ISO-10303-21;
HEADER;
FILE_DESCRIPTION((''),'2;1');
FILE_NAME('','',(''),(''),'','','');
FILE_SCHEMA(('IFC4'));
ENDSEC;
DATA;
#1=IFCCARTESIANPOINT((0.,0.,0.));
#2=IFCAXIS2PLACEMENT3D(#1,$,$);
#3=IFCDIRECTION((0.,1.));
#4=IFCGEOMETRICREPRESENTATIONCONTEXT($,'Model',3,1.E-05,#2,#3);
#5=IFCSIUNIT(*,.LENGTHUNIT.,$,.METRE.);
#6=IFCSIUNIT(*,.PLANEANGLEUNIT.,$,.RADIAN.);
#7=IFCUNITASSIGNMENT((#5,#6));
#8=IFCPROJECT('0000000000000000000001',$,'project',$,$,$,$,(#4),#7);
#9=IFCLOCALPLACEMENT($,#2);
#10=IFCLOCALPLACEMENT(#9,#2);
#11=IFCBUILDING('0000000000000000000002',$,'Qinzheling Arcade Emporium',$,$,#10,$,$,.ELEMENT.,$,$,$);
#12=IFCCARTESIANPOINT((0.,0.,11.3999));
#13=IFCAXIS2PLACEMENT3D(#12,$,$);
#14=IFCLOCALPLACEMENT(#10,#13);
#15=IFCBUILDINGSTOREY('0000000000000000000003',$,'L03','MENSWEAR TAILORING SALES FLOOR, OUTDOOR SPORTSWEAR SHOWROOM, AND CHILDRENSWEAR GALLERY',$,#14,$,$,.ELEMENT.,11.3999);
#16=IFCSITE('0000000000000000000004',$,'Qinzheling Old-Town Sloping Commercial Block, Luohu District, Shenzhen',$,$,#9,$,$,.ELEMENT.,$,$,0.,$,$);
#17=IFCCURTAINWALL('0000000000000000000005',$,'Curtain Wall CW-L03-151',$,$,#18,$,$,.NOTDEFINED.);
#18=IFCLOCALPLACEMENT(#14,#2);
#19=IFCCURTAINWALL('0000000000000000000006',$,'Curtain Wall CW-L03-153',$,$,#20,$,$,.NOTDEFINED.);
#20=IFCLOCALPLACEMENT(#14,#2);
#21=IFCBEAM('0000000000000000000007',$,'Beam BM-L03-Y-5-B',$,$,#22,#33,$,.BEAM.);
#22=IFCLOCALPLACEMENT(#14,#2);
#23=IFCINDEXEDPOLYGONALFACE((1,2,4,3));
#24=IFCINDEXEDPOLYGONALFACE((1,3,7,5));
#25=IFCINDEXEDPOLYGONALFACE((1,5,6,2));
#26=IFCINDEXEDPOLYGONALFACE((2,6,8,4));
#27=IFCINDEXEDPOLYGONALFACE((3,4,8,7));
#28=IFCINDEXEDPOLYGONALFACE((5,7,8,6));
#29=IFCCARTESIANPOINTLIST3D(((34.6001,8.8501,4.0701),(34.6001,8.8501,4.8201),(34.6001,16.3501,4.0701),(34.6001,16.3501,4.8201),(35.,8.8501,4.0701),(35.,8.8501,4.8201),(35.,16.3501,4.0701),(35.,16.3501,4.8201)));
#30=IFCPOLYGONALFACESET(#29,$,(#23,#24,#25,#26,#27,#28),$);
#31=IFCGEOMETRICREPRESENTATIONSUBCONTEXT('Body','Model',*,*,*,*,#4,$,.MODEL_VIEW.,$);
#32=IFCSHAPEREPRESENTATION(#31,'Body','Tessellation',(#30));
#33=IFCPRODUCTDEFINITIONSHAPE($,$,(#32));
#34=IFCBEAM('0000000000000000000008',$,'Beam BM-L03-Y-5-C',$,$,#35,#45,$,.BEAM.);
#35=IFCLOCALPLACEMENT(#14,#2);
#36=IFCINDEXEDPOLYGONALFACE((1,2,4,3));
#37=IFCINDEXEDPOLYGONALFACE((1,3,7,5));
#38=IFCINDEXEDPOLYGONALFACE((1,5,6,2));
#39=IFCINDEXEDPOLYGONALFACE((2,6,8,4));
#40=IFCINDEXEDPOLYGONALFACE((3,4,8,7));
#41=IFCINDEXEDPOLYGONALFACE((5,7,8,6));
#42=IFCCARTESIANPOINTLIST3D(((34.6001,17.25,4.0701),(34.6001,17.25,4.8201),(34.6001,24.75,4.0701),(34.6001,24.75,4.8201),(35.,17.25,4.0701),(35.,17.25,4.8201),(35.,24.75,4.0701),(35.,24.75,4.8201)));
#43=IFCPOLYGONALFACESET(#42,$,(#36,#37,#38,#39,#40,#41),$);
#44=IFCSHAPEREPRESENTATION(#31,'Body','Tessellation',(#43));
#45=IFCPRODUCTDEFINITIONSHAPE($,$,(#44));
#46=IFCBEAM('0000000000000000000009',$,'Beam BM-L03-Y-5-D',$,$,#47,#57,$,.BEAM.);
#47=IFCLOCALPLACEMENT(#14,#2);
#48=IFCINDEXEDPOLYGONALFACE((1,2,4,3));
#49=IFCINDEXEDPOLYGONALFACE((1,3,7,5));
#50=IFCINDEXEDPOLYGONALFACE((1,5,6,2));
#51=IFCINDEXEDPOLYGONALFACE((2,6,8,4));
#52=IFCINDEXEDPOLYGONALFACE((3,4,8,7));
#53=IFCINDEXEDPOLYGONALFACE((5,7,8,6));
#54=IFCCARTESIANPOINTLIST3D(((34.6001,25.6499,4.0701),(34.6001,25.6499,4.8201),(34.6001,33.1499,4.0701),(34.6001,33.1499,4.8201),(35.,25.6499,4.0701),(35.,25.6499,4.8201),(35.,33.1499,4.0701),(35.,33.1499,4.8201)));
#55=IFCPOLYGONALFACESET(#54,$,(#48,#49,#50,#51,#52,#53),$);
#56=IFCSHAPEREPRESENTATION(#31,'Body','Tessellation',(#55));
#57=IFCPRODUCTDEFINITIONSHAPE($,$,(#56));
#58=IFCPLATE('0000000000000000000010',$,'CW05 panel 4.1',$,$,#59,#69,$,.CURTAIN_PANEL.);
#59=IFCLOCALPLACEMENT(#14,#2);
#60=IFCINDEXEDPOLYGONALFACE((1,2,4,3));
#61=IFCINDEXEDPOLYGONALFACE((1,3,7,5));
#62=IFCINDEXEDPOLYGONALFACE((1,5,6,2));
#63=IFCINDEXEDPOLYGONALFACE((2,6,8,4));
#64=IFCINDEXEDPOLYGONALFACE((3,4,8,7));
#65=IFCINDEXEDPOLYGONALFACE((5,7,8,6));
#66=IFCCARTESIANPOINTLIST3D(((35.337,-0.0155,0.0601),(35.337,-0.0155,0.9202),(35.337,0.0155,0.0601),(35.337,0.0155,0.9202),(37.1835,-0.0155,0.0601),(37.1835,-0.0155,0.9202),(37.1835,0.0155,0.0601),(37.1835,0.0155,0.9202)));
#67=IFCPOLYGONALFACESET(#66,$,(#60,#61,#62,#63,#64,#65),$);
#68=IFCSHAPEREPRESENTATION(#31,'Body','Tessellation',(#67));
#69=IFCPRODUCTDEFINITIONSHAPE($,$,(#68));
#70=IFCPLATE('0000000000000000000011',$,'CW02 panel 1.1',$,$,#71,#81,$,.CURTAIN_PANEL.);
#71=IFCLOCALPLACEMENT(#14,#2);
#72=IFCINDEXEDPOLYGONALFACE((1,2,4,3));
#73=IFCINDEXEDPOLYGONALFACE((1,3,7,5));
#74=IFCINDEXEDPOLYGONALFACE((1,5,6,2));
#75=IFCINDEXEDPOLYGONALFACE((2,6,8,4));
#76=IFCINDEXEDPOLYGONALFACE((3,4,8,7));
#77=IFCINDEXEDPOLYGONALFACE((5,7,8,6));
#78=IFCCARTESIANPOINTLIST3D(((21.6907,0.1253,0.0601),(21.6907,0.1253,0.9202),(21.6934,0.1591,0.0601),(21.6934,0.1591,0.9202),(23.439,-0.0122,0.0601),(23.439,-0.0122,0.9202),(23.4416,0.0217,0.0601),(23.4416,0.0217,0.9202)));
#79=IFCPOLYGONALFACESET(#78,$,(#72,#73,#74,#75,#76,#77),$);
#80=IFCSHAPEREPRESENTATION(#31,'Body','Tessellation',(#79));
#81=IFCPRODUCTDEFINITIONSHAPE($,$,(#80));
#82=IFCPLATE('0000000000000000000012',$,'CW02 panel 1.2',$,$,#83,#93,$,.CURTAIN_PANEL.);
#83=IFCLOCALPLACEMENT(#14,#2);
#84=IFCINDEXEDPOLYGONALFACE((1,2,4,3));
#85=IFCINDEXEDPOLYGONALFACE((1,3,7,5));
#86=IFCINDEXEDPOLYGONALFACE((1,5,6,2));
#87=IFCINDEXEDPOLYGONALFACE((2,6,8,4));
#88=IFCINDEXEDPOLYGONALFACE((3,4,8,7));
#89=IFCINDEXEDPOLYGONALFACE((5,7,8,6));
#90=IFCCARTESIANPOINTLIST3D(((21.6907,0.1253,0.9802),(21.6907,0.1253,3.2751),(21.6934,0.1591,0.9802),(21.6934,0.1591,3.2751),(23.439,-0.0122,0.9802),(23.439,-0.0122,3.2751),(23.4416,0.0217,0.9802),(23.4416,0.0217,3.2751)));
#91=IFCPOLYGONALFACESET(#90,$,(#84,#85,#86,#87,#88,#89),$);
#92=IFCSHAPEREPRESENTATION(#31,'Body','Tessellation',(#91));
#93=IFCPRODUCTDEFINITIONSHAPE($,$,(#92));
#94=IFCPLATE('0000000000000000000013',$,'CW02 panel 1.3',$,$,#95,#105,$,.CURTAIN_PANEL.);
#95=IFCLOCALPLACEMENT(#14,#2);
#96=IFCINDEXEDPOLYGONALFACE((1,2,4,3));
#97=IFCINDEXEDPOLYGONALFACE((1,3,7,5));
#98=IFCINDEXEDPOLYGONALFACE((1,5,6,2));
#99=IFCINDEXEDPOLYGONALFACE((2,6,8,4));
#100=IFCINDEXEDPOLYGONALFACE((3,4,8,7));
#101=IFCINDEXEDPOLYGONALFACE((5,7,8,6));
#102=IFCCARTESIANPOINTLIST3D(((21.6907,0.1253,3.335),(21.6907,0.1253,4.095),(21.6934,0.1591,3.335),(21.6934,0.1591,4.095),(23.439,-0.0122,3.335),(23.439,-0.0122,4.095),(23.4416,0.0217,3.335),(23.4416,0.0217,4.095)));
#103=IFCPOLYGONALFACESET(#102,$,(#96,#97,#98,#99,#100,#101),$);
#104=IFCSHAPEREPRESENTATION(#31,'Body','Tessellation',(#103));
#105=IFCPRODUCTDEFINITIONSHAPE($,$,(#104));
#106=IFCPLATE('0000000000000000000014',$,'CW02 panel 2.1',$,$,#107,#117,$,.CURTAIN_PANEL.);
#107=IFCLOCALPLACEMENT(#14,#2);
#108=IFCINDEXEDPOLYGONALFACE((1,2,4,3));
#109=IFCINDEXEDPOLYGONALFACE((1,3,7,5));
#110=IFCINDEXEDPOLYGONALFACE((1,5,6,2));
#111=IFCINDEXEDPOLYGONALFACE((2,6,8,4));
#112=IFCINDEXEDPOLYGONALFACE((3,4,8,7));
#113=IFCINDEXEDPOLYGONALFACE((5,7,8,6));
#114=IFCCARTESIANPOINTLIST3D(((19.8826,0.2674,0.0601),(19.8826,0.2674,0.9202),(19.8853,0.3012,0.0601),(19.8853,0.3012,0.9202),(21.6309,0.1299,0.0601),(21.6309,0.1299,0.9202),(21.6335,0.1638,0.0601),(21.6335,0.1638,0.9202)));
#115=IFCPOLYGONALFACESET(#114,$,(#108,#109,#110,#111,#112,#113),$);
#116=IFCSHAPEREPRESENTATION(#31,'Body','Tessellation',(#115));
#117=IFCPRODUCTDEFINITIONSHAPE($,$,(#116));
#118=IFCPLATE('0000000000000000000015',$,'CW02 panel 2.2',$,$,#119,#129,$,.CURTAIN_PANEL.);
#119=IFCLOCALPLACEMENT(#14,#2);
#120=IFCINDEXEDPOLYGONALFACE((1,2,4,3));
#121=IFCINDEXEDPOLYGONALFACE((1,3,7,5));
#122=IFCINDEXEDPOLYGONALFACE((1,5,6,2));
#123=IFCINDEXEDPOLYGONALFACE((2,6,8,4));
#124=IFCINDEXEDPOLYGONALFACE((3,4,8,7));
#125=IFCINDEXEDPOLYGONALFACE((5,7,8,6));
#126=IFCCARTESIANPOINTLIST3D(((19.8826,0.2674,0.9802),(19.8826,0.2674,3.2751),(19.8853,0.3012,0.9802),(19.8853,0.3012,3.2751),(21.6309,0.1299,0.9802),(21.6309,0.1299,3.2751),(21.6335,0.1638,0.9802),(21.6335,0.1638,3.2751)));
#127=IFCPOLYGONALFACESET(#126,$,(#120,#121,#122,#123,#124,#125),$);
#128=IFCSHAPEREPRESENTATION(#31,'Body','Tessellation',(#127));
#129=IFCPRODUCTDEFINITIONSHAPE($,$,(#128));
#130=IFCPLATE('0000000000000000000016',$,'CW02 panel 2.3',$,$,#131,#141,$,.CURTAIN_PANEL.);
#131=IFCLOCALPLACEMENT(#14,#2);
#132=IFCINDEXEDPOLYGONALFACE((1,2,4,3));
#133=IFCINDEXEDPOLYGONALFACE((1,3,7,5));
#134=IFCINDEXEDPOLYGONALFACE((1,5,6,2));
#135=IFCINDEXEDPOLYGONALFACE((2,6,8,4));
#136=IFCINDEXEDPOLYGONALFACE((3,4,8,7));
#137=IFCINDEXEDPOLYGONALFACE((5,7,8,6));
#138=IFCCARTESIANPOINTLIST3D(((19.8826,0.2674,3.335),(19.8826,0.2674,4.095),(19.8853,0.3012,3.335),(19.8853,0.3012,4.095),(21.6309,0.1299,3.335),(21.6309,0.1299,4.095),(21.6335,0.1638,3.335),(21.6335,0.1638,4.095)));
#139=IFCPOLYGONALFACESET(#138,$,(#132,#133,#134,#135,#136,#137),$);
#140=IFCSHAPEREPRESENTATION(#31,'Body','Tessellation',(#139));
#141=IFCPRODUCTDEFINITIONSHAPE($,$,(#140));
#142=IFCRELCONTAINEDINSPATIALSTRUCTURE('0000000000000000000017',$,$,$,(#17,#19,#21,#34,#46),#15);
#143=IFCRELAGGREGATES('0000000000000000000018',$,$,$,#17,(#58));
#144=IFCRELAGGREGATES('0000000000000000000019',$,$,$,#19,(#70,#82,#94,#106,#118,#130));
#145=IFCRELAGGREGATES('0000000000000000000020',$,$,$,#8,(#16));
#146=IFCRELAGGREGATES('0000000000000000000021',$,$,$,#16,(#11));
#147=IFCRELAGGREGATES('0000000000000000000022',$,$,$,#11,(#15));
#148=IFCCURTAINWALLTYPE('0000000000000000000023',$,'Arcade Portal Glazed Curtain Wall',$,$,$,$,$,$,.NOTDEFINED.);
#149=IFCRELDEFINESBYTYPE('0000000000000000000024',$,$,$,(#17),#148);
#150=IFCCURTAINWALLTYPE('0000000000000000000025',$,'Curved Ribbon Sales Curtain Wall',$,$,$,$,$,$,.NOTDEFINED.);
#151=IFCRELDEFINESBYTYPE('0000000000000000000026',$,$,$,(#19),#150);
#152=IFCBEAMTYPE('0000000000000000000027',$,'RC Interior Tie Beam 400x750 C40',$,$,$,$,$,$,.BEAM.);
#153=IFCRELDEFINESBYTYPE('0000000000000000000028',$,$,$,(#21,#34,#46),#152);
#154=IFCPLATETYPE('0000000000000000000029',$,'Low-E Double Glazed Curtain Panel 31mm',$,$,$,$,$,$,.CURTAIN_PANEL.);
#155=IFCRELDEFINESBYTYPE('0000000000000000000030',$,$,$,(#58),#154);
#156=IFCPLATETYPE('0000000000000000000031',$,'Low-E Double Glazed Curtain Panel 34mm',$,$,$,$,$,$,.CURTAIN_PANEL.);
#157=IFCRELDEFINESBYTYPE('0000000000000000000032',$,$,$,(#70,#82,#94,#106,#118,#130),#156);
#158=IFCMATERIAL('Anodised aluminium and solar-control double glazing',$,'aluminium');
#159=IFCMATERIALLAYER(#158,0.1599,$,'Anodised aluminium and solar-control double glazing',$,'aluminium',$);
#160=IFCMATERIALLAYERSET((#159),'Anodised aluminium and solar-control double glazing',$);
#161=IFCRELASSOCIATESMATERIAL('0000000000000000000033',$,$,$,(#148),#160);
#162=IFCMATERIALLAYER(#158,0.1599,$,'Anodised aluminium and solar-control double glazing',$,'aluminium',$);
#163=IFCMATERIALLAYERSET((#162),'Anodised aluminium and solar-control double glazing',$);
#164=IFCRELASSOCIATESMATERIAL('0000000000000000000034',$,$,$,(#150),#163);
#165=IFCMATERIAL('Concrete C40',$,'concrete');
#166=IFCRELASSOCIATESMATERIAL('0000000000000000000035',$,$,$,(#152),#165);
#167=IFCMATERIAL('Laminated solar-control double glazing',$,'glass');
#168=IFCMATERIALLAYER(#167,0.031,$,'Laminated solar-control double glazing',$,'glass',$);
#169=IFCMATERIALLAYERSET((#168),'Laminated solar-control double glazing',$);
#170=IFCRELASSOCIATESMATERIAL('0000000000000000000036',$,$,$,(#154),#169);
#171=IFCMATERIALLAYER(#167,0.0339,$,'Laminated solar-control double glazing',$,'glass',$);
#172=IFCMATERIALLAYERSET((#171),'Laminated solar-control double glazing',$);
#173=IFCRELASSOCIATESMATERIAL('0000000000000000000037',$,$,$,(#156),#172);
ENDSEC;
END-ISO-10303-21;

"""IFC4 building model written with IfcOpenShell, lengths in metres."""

from ifc_helpers import new_model, si_unit, direction, frame, origin, origin_2d, place, context, subcontext, project, spatial, rectangle, extrude, material, layer, layer_set, material_profile, profile_set, type_object, element, aggregate, save


model = new_model("IFC4")

# Units and contexts
model_context = context("Model", 3, precision=1e-05, world=origin(), true_north=direction((0.0, 1.0)))
body_context = subcontext(model_context, "Body", "Model", "MODEL_VIEW")
ifc_project = project(units=[si_unit("LENGTHUNIT", "METRE"), si_unit("PLANEANGLEUNIT", "RADIAN")], contexts=[model_context])

# Site, building, storey
site_placement = place(None, origin())
site = spatial("IfcSite", under=ifc_project, at=site_placement, Name="Qinzheling Old-Town Sloping Commercial Block, Luohu District, Shenzhen", CompositionType="ELEMENT", RefElevation=0.0)
building_placement = place(site_placement, origin())
building = spatial("IfcBuilding", under=site, at=building_placement, Name="Qinzheling Arcade Emporium", CompositionType="ELEMENT")
storey_placement = place(building_placement, frame((0.0, 0.0, 11.3999)))
storey = spatial("IfcBuildingStorey", under=building, at=storey_placement, Name="L03", Description="MENSWEAR TAILORING SALES FLOOR, OUTDOOR SPORTSWEAR SHOWROOM, AND CHILDRENSWEAR GALLERY", CompositionType="ELEMENT", Elevation=11.3999)

# Curtain wall
ifc_material_1 = material(Name="Anodised aluminium and solar-control double glazing", Category="aluminium")
ifc_layer_1 = layer(ifc_material_1, 0.1599, Name="Anodised aluminium and solar-control double glazing", Category="aluminium")
ifc_layer_set_1 = layer_set([ifc_layer_1], Name="Anodised aluminium and solar-control double glazing")
curtain_wall_type_1 = type_object("IfcCurtainWallType", Name="Arcade Portal Glazed Curtain Wall", PredefinedType="NOTDEFINED", material=ifc_layer_set_1)
curtain_wall_1_placement = place(storey_placement, origin())
curtain_wall_1 = element("IfcCurtainWall", 1, at=curtain_wall_1_placement, inside=storey, type_object=curtain_wall_type_1, Name="Curtain Wall CW-L03-151", PredefinedType="NOTDEFINED")

# Curtain wall
ifc_layer_2 = layer(ifc_material_1, 0.1599, Name="Anodised aluminium and solar-control double glazing", Category="aluminium")
ifc_layer_set_2 = layer_set([ifc_layer_2], Name="Anodised aluminium and solar-control double glazing")
curtain_wall_type_2 = type_object("IfcCurtainWallType", Name="Curved Ribbon Sales Curtain Wall", PredefinedType="NOTDEFINED", material=ifc_layer_set_2)
curtain_wall_2_placement = place(storey_placement, origin())
curtain_wall_2 = element("IfcCurtainWall", 2, at=curtain_wall_2_placement, inside=storey, type_object=curtain_wall_type_2, Name="Curtain Wall CW-L03-153", PredefinedType="NOTDEFINED")

# Beams
ifc_material_2 = material(Name="Concrete C40", Category="concrete")
ifc_material_profile_1 = material_profile(ifc_material_2, rectangle(XDim=0.3999, YDim=0.75, at=origin_2d()), Name="RC 400x750", Category="concrete")
ifc_profile_set_1 = profile_set([ifc_material_profile_1], Name="Concrete C40")
beam_type = type_object("IfcBeamType", Name="RC Interior Tie Beam 400x750 C40", PredefinedType="BEAM", material=ifc_profile_set_1)
for number, where, z_axis, x_axis, name in (
    (3, (34.8, 8.8501, 4.4451), (0.0, 1.0, 0.0), (-1.0, 0.0, 0.0), "Beam BM-L03-Y-5-B"),
    (4, (34.8, 17.25, 4.4451), (0.0, 1.0, 0.0), (-1.0, 0.0, 0.0), "Beam BM-L03-Y-5-C"),
    (5, (34.8, 25.6499, 4.4451), (0.0, 1.0, 0.0), (-1.0, 0.0, 0.0), "Beam BM-L03-Y-5-D"),
):
    element("IfcBeam", number, at=place(storey_placement, frame(where, z_axis=z_axis, x_axis=x_axis)), inside=storey, type_object=beam_type, Name=name, PredefinedType="BEAM", context=body_context, shape_type="SweptSolid", body=[
        extrude(rectangle(XDim=0.3999, YDim=0.75, at=origin_2d()), origin(), (0.0, 0.0, 1.0), 7.5),
    ])

# Plates
ifc_material_3 = material(Name="Laminated solar-control double glazing", Category="glass")
ifc_layer_3 = layer(ifc_material_3, 0.031, Name="Laminated solar-control double glazing", Category="glass")
ifc_layer_set_3 = layer_set([ifc_layer_3], Name="Laminated solar-control double glazing")
plate_type_1 = type_object("IfcPlateType", Name="Low-E Double Glazed Curtain Panel 31mm", PredefinedType="CURTAIN_PANEL", material=ifc_layer_set_3)
plate_1_placement = place(storey_placement, frame((36.2603, 0.0, 0.0601), z_axis=(0.0, 0.0, 1.0), x_axis=(-1.0, 0.0, 0.0)))
plate_1 = element("IfcPlate", 6, at=plate_1_placement, type_object=plate_type_1, Name="CW05 panel 4.1", PredefinedType="CURTAIN_PANEL", context=body_context, shape_type="SweptSolid", body=[
    extrude(rectangle(XDim=1.8464, YDim=0.031, at=origin_2d()), origin(), (0.0, 0.0, 1.0), 0.8601),
])
aggregate(curtain_wall_1, [plate_1])
ifc_layer_4 = layer(ifc_material_3, 0.0339, Name="Laminated solar-control double glazing", Category="glass")
ifc_layer_set_4 = layer_set([ifc_layer_4], Name="Laminated solar-control double glazing")
plate_type_2 = type_object("IfcPlateType", Name="Low-E Double Glazed Curtain Panel 34mm", PredefinedType="CURTAIN_PANEL", material=ifc_layer_set_4)
plate_2_placement = place(storey_placement, frame((22.5662, 0.0735, 0.0601), z_axis=(0.0, 0.0, 1.0), x_axis=(-0.996924, 0.078376, 0.0)))
plate_2 = element("IfcPlate", 7, at=plate_2_placement, type_object=plate_type_2, Name="CW02 panel 1.1", PredefinedType="CURTAIN_PANEL", context=body_context, shape_type="SweptSolid", body=[
    extrude(rectangle(XDim=1.7537, YDim=0.0339, at=origin_2d()), origin(), (0.0, 0.0, 1.0), 0.8601),
])
plate_3_placement = place(storey_placement, frame((22.5662, 0.0735, 0.9802), z_axis=(0.0, 0.0, 1.0), x_axis=(-0.996924, 0.078376, 0.0)))
plate_3 = element("IfcPlate", 8, at=plate_3_placement, type_object=plate_type_2, Name="CW02 panel 1.2", PredefinedType="CURTAIN_PANEL", context=body_context, shape_type="SweptSolid", body=[
    extrude(rectangle(XDim=1.7537, YDim=0.0339, at=origin_2d()), origin(), (0.0, 0.0, 1.0), 2.2949),
])
plate_4_placement = place(storey_placement, frame((22.5662, 0.0735, 3.335), z_axis=(0.0, 0.0, 1.0), x_axis=(-0.996924, 0.078376, 0.0)))
plate_4 = element("IfcPlate", 9, at=plate_4_placement, type_object=plate_type_2, Name="CW02 panel 1.3", PredefinedType="CURTAIN_PANEL", context=body_context, shape_type="SweptSolid", body=[
    extrude(rectangle(XDim=1.7537, YDim=0.0339, at=origin_2d()), origin(), (0.0, 0.0, 1.0), 0.76),
])
plate_5_placement = place(storey_placement, frame((20.7581, 0.2156, 0.0601), z_axis=(0.0, 0.0, 1.0), x_axis=(-0.996924, 0.078376, 0.0)))
plate_5 = element("IfcPlate", 10, at=plate_5_placement, type_object=plate_type_2, Name="CW02 panel 2.1", PredefinedType="CURTAIN_PANEL", context=body_context, shape_type="SweptSolid", body=[
    extrude(rectangle(XDim=1.7537, YDim=0.0339, at=origin_2d()), origin(), (0.0, 0.0, 1.0), 0.8601),
])
plate_6_placement = place(storey_placement, frame((20.7581, 0.2156, 0.9802), z_axis=(0.0, 0.0, 1.0), x_axis=(-0.996924, 0.078376, 0.0)))
plate_6 = element("IfcPlate", 11, at=plate_6_placement, type_object=plate_type_2, Name="CW02 panel 2.2", PredefinedType="CURTAIN_PANEL", context=body_context, shape_type="SweptSolid", body=[
    extrude(rectangle(XDim=1.7537, YDim=0.0339, at=origin_2d()), origin(), (0.0, 0.0, 1.0), 2.2949),
])
plate_7_placement = place(storey_placement, frame((20.7581, 0.2156, 3.335), z_axis=(0.0, 0.0, 1.0), x_axis=(-0.996924, 0.078376, 0.0)))
plate_7 = element("IfcPlate", 12, at=plate_7_placement, type_object=plate_type_2, Name="CW02 panel 2.3", PredefinedType="CURTAIN_PANEL", context=body_context, shape_type="SweptSolid", body=[
    extrude(rectangle(XDim=1.7537, YDim=0.0339, at=origin_2d()), origin(), (0.0, 0.0, 1.0), 0.76),
])
aggregate(curtain_wall_2, [plate_2, plate_3, plate_4, plate_5, plate_6, plate_7])

save(model, "model.ifc")
